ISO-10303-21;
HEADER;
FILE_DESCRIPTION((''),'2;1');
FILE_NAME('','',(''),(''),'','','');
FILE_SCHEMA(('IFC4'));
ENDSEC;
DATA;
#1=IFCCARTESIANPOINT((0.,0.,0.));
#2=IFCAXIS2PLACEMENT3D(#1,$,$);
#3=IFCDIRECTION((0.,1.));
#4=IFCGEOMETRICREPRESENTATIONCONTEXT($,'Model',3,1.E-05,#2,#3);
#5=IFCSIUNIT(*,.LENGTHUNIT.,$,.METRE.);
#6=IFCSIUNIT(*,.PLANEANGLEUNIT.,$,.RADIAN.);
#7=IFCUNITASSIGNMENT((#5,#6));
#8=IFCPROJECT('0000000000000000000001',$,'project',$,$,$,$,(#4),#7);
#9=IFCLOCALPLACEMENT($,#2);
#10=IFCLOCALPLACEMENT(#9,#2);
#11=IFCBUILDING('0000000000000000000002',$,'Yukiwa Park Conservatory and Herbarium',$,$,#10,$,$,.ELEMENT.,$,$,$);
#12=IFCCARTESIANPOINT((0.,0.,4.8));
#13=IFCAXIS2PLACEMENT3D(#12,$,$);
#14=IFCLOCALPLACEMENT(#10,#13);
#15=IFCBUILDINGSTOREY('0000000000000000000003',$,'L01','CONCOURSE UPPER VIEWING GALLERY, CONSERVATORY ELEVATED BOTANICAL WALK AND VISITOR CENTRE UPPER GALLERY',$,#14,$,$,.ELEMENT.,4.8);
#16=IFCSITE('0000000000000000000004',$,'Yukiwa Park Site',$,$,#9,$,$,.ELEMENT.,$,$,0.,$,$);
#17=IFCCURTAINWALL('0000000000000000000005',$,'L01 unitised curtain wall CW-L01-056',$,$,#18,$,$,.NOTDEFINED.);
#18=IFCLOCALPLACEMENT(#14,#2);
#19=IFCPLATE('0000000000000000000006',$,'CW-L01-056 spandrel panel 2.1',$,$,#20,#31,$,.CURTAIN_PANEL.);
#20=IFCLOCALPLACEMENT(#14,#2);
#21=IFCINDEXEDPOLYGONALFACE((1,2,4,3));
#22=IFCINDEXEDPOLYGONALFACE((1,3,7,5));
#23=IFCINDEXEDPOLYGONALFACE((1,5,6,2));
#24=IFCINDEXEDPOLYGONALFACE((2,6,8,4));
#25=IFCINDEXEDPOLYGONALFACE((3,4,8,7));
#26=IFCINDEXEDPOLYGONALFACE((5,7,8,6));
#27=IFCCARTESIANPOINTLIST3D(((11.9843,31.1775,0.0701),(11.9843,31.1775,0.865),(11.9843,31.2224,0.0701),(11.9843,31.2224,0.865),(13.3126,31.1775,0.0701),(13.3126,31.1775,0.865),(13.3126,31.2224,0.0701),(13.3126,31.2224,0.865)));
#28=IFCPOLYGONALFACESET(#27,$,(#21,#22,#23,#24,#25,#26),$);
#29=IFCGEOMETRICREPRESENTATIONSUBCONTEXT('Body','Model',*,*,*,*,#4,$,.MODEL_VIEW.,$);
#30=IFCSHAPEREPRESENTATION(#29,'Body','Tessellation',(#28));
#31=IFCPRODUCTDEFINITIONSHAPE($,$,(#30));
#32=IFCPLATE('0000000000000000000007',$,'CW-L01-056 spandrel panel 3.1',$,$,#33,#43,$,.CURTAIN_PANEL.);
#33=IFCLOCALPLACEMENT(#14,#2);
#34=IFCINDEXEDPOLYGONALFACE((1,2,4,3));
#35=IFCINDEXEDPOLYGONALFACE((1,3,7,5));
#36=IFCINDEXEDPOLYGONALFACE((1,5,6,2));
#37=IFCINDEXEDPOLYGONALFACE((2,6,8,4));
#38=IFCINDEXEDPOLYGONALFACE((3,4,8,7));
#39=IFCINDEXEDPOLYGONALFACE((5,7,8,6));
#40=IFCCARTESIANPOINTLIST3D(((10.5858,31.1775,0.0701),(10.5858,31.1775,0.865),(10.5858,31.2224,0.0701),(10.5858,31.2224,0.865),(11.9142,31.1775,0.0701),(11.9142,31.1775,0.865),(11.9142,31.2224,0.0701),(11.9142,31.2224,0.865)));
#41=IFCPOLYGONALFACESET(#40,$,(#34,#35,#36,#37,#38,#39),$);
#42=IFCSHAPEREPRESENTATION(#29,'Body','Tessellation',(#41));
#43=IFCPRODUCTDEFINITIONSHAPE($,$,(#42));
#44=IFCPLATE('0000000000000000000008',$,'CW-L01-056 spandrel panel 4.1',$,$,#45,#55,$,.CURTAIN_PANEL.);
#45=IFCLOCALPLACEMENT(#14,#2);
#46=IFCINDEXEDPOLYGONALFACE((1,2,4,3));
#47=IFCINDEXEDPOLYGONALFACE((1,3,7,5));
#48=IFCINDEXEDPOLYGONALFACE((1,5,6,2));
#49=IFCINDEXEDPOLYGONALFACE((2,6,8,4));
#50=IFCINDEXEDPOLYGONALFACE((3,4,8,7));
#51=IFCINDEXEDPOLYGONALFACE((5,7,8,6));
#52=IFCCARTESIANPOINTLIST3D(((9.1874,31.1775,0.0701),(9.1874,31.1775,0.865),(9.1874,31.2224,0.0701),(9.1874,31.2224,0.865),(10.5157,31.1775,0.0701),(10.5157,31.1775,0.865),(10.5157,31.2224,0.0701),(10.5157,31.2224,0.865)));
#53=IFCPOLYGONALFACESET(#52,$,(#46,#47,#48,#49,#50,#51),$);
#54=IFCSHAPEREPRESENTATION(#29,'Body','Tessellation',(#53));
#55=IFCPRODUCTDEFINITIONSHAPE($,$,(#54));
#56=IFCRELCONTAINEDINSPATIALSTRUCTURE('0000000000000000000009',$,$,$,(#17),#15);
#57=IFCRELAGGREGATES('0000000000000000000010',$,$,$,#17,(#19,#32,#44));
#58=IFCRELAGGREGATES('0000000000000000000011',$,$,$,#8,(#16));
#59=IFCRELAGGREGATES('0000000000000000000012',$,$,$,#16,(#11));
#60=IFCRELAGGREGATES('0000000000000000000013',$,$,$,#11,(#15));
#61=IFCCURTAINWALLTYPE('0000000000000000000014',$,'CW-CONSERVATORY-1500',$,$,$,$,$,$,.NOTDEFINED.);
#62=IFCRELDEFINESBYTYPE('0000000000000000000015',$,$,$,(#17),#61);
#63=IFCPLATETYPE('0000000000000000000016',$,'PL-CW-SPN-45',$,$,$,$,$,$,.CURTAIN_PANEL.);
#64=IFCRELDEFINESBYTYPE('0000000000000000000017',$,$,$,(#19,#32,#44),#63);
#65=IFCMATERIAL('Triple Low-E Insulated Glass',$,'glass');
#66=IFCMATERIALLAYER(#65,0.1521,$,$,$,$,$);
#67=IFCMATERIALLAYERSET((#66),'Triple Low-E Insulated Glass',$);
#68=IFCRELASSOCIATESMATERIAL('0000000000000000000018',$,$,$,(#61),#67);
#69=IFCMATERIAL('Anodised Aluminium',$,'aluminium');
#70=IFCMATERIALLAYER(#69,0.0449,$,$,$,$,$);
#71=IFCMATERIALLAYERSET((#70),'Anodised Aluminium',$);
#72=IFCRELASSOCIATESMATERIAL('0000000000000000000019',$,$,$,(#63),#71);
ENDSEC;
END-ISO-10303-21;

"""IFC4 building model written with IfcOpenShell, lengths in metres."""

from ifc_helpers import new_model, si_unit, direction, frame, origin, origin_2d, place, context, subcontext, project, spatial, rectangle, extrude, material, layer, layer_set, type_object, element, aggregate, save


model = new_model("IFC4")

# Units and contexts
model_context = context("Model", 3, precision=1e-05, world=origin(), true_north=direction((0.0, 1.0)))
body_context = subcontext(model_context, "Body", "Model", "MODEL_VIEW")
ifc_project = project(units=[si_unit("LENGTHUNIT", "METRE"), si_unit("PLANEANGLEUNIT", "RADIAN")], contexts=[model_context])

# Site, building, storey
site_placement = place(None, origin())
site = spatial("IfcSite", under=ifc_project, at=site_placement, Name="Yukiwa Park Site", CompositionType="ELEMENT", RefElevation=0.0)
building_placement = place(site_placement, origin())
building = spatial("IfcBuilding", under=site, at=building_placement, Name="Yukiwa Park Conservatory and Herbarium", CompositionType="ELEMENT")
storey_placement = place(building_placement, frame((0.0, 0.0, 4.8)))
storey = spatial("IfcBuildingStorey", under=building, at=storey_placement, Name="L01", Description="CONCOURSE UPPER VIEWING GALLERY, CONSERVATORY ELEVATED BOTANICAL WALK AND VISITOR CENTRE UPPER GALLERY", CompositionType="ELEMENT", Elevation=4.8)

# Curtain wall
ifc_material_1 = material(Name="Triple Low-E Insulated Glass", Category="glass")
ifc_layer_1 = layer(ifc_material_1, 0.1521)
ifc_layer_set_1 = layer_set([ifc_layer_1], Name="Triple Low-E Insulated Glass")
curtain_wall_type = type_object("IfcCurtainWallType", Name="CW-CONSERVATORY-1500", PredefinedType="NOTDEFINED", material=ifc_layer_set_1)
curtain_wall_placement = place(storey_placement, origin())
curtain_wall = element("IfcCurtainWall", 1, at=curtain_wall_placement, inside=storey, type_object=curtain_wall_type, Name="L01 unitised curtain wall CW-L01-056", PredefinedType="NOTDEFINED")

# Plates
ifc_material_2 = material(Name="Anodised Aluminium", Category="aluminium")
ifc_layer_2 = layer(ifc_material_2, 0.0449)
ifc_layer_set_2 = layer_set([ifc_layer_2], Name="Anodised Aluminium")
plate_type_1 = type_object("IfcPlateType", Name="PL-CW-SPN-45", PredefinedType="CURTAIN_PANEL", material=ifc_layer_set_2)
plate_1_placement = place(storey_placement, frame((12.6484, 31.2, 0.0701), z_axis=(0.0, 0.0, 1.0), x_axis=(-1.0, 0.0, 0.0)))
plate_1 = element("IfcPlate", 2, at=plate_1_placement, type_object=plate_type_1, Name="CW-L01-056 spandrel panel 2.1", PredefinedType="CURTAIN_PANEL", context=body_context, shape_type="SweptSolid", body=[
    extrude(rectangle(XDim=1.3284, YDim=0.0449, at=origin_2d()), origin(), (0.0, 0.0, 1.0), 0.7949),
])
plate_2_placement = place(storey_placement, frame((11.25, 31.2, 0.0701), z_axis=(0.0, 0.0, 1.0), x_axis=(-1.0, 0.0, 0.0)))
plate_2 = element("IfcPlate", 3, at=plate_2_placement, type_object=plate_type_1, Name="CW-L01-056 spandrel panel 3.1", PredefinedType="CURTAIN_PANEL", context=body_context, shape_type="SweptSolid", body=[
    extrude(rectangle(XDim=1.3284, YDim=0.0449, at=origin_2d()), origin(), (0.0, 0.0, 1.0), 0.7949),
])
plate_3_placement = place(storey_placement, frame((9.8516, 31.2, 0.0701), z_axis=(0.0, 0.0, 1.0), x_axis=(-1.0, 0.0, 0.0)))
plate_3 = element("IfcPlate", 4, at=plate_3_placement, type_object=plate_type_1, Name="CW-L01-056 spandrel panel 4.1", PredefinedType="CURTAIN_PANEL", context=body_context, shape_type="SweptSolid", body=[
    extrude(rectangle(XDim=1.3284, YDim=0.0449, at=origin_2d()), origin(), (0.0, 0.0, 1.0), 0.7949),
])
aggregate(curtain_wall, [plate_1, plate_2, plate_3])

save(model, "model.ifc")
